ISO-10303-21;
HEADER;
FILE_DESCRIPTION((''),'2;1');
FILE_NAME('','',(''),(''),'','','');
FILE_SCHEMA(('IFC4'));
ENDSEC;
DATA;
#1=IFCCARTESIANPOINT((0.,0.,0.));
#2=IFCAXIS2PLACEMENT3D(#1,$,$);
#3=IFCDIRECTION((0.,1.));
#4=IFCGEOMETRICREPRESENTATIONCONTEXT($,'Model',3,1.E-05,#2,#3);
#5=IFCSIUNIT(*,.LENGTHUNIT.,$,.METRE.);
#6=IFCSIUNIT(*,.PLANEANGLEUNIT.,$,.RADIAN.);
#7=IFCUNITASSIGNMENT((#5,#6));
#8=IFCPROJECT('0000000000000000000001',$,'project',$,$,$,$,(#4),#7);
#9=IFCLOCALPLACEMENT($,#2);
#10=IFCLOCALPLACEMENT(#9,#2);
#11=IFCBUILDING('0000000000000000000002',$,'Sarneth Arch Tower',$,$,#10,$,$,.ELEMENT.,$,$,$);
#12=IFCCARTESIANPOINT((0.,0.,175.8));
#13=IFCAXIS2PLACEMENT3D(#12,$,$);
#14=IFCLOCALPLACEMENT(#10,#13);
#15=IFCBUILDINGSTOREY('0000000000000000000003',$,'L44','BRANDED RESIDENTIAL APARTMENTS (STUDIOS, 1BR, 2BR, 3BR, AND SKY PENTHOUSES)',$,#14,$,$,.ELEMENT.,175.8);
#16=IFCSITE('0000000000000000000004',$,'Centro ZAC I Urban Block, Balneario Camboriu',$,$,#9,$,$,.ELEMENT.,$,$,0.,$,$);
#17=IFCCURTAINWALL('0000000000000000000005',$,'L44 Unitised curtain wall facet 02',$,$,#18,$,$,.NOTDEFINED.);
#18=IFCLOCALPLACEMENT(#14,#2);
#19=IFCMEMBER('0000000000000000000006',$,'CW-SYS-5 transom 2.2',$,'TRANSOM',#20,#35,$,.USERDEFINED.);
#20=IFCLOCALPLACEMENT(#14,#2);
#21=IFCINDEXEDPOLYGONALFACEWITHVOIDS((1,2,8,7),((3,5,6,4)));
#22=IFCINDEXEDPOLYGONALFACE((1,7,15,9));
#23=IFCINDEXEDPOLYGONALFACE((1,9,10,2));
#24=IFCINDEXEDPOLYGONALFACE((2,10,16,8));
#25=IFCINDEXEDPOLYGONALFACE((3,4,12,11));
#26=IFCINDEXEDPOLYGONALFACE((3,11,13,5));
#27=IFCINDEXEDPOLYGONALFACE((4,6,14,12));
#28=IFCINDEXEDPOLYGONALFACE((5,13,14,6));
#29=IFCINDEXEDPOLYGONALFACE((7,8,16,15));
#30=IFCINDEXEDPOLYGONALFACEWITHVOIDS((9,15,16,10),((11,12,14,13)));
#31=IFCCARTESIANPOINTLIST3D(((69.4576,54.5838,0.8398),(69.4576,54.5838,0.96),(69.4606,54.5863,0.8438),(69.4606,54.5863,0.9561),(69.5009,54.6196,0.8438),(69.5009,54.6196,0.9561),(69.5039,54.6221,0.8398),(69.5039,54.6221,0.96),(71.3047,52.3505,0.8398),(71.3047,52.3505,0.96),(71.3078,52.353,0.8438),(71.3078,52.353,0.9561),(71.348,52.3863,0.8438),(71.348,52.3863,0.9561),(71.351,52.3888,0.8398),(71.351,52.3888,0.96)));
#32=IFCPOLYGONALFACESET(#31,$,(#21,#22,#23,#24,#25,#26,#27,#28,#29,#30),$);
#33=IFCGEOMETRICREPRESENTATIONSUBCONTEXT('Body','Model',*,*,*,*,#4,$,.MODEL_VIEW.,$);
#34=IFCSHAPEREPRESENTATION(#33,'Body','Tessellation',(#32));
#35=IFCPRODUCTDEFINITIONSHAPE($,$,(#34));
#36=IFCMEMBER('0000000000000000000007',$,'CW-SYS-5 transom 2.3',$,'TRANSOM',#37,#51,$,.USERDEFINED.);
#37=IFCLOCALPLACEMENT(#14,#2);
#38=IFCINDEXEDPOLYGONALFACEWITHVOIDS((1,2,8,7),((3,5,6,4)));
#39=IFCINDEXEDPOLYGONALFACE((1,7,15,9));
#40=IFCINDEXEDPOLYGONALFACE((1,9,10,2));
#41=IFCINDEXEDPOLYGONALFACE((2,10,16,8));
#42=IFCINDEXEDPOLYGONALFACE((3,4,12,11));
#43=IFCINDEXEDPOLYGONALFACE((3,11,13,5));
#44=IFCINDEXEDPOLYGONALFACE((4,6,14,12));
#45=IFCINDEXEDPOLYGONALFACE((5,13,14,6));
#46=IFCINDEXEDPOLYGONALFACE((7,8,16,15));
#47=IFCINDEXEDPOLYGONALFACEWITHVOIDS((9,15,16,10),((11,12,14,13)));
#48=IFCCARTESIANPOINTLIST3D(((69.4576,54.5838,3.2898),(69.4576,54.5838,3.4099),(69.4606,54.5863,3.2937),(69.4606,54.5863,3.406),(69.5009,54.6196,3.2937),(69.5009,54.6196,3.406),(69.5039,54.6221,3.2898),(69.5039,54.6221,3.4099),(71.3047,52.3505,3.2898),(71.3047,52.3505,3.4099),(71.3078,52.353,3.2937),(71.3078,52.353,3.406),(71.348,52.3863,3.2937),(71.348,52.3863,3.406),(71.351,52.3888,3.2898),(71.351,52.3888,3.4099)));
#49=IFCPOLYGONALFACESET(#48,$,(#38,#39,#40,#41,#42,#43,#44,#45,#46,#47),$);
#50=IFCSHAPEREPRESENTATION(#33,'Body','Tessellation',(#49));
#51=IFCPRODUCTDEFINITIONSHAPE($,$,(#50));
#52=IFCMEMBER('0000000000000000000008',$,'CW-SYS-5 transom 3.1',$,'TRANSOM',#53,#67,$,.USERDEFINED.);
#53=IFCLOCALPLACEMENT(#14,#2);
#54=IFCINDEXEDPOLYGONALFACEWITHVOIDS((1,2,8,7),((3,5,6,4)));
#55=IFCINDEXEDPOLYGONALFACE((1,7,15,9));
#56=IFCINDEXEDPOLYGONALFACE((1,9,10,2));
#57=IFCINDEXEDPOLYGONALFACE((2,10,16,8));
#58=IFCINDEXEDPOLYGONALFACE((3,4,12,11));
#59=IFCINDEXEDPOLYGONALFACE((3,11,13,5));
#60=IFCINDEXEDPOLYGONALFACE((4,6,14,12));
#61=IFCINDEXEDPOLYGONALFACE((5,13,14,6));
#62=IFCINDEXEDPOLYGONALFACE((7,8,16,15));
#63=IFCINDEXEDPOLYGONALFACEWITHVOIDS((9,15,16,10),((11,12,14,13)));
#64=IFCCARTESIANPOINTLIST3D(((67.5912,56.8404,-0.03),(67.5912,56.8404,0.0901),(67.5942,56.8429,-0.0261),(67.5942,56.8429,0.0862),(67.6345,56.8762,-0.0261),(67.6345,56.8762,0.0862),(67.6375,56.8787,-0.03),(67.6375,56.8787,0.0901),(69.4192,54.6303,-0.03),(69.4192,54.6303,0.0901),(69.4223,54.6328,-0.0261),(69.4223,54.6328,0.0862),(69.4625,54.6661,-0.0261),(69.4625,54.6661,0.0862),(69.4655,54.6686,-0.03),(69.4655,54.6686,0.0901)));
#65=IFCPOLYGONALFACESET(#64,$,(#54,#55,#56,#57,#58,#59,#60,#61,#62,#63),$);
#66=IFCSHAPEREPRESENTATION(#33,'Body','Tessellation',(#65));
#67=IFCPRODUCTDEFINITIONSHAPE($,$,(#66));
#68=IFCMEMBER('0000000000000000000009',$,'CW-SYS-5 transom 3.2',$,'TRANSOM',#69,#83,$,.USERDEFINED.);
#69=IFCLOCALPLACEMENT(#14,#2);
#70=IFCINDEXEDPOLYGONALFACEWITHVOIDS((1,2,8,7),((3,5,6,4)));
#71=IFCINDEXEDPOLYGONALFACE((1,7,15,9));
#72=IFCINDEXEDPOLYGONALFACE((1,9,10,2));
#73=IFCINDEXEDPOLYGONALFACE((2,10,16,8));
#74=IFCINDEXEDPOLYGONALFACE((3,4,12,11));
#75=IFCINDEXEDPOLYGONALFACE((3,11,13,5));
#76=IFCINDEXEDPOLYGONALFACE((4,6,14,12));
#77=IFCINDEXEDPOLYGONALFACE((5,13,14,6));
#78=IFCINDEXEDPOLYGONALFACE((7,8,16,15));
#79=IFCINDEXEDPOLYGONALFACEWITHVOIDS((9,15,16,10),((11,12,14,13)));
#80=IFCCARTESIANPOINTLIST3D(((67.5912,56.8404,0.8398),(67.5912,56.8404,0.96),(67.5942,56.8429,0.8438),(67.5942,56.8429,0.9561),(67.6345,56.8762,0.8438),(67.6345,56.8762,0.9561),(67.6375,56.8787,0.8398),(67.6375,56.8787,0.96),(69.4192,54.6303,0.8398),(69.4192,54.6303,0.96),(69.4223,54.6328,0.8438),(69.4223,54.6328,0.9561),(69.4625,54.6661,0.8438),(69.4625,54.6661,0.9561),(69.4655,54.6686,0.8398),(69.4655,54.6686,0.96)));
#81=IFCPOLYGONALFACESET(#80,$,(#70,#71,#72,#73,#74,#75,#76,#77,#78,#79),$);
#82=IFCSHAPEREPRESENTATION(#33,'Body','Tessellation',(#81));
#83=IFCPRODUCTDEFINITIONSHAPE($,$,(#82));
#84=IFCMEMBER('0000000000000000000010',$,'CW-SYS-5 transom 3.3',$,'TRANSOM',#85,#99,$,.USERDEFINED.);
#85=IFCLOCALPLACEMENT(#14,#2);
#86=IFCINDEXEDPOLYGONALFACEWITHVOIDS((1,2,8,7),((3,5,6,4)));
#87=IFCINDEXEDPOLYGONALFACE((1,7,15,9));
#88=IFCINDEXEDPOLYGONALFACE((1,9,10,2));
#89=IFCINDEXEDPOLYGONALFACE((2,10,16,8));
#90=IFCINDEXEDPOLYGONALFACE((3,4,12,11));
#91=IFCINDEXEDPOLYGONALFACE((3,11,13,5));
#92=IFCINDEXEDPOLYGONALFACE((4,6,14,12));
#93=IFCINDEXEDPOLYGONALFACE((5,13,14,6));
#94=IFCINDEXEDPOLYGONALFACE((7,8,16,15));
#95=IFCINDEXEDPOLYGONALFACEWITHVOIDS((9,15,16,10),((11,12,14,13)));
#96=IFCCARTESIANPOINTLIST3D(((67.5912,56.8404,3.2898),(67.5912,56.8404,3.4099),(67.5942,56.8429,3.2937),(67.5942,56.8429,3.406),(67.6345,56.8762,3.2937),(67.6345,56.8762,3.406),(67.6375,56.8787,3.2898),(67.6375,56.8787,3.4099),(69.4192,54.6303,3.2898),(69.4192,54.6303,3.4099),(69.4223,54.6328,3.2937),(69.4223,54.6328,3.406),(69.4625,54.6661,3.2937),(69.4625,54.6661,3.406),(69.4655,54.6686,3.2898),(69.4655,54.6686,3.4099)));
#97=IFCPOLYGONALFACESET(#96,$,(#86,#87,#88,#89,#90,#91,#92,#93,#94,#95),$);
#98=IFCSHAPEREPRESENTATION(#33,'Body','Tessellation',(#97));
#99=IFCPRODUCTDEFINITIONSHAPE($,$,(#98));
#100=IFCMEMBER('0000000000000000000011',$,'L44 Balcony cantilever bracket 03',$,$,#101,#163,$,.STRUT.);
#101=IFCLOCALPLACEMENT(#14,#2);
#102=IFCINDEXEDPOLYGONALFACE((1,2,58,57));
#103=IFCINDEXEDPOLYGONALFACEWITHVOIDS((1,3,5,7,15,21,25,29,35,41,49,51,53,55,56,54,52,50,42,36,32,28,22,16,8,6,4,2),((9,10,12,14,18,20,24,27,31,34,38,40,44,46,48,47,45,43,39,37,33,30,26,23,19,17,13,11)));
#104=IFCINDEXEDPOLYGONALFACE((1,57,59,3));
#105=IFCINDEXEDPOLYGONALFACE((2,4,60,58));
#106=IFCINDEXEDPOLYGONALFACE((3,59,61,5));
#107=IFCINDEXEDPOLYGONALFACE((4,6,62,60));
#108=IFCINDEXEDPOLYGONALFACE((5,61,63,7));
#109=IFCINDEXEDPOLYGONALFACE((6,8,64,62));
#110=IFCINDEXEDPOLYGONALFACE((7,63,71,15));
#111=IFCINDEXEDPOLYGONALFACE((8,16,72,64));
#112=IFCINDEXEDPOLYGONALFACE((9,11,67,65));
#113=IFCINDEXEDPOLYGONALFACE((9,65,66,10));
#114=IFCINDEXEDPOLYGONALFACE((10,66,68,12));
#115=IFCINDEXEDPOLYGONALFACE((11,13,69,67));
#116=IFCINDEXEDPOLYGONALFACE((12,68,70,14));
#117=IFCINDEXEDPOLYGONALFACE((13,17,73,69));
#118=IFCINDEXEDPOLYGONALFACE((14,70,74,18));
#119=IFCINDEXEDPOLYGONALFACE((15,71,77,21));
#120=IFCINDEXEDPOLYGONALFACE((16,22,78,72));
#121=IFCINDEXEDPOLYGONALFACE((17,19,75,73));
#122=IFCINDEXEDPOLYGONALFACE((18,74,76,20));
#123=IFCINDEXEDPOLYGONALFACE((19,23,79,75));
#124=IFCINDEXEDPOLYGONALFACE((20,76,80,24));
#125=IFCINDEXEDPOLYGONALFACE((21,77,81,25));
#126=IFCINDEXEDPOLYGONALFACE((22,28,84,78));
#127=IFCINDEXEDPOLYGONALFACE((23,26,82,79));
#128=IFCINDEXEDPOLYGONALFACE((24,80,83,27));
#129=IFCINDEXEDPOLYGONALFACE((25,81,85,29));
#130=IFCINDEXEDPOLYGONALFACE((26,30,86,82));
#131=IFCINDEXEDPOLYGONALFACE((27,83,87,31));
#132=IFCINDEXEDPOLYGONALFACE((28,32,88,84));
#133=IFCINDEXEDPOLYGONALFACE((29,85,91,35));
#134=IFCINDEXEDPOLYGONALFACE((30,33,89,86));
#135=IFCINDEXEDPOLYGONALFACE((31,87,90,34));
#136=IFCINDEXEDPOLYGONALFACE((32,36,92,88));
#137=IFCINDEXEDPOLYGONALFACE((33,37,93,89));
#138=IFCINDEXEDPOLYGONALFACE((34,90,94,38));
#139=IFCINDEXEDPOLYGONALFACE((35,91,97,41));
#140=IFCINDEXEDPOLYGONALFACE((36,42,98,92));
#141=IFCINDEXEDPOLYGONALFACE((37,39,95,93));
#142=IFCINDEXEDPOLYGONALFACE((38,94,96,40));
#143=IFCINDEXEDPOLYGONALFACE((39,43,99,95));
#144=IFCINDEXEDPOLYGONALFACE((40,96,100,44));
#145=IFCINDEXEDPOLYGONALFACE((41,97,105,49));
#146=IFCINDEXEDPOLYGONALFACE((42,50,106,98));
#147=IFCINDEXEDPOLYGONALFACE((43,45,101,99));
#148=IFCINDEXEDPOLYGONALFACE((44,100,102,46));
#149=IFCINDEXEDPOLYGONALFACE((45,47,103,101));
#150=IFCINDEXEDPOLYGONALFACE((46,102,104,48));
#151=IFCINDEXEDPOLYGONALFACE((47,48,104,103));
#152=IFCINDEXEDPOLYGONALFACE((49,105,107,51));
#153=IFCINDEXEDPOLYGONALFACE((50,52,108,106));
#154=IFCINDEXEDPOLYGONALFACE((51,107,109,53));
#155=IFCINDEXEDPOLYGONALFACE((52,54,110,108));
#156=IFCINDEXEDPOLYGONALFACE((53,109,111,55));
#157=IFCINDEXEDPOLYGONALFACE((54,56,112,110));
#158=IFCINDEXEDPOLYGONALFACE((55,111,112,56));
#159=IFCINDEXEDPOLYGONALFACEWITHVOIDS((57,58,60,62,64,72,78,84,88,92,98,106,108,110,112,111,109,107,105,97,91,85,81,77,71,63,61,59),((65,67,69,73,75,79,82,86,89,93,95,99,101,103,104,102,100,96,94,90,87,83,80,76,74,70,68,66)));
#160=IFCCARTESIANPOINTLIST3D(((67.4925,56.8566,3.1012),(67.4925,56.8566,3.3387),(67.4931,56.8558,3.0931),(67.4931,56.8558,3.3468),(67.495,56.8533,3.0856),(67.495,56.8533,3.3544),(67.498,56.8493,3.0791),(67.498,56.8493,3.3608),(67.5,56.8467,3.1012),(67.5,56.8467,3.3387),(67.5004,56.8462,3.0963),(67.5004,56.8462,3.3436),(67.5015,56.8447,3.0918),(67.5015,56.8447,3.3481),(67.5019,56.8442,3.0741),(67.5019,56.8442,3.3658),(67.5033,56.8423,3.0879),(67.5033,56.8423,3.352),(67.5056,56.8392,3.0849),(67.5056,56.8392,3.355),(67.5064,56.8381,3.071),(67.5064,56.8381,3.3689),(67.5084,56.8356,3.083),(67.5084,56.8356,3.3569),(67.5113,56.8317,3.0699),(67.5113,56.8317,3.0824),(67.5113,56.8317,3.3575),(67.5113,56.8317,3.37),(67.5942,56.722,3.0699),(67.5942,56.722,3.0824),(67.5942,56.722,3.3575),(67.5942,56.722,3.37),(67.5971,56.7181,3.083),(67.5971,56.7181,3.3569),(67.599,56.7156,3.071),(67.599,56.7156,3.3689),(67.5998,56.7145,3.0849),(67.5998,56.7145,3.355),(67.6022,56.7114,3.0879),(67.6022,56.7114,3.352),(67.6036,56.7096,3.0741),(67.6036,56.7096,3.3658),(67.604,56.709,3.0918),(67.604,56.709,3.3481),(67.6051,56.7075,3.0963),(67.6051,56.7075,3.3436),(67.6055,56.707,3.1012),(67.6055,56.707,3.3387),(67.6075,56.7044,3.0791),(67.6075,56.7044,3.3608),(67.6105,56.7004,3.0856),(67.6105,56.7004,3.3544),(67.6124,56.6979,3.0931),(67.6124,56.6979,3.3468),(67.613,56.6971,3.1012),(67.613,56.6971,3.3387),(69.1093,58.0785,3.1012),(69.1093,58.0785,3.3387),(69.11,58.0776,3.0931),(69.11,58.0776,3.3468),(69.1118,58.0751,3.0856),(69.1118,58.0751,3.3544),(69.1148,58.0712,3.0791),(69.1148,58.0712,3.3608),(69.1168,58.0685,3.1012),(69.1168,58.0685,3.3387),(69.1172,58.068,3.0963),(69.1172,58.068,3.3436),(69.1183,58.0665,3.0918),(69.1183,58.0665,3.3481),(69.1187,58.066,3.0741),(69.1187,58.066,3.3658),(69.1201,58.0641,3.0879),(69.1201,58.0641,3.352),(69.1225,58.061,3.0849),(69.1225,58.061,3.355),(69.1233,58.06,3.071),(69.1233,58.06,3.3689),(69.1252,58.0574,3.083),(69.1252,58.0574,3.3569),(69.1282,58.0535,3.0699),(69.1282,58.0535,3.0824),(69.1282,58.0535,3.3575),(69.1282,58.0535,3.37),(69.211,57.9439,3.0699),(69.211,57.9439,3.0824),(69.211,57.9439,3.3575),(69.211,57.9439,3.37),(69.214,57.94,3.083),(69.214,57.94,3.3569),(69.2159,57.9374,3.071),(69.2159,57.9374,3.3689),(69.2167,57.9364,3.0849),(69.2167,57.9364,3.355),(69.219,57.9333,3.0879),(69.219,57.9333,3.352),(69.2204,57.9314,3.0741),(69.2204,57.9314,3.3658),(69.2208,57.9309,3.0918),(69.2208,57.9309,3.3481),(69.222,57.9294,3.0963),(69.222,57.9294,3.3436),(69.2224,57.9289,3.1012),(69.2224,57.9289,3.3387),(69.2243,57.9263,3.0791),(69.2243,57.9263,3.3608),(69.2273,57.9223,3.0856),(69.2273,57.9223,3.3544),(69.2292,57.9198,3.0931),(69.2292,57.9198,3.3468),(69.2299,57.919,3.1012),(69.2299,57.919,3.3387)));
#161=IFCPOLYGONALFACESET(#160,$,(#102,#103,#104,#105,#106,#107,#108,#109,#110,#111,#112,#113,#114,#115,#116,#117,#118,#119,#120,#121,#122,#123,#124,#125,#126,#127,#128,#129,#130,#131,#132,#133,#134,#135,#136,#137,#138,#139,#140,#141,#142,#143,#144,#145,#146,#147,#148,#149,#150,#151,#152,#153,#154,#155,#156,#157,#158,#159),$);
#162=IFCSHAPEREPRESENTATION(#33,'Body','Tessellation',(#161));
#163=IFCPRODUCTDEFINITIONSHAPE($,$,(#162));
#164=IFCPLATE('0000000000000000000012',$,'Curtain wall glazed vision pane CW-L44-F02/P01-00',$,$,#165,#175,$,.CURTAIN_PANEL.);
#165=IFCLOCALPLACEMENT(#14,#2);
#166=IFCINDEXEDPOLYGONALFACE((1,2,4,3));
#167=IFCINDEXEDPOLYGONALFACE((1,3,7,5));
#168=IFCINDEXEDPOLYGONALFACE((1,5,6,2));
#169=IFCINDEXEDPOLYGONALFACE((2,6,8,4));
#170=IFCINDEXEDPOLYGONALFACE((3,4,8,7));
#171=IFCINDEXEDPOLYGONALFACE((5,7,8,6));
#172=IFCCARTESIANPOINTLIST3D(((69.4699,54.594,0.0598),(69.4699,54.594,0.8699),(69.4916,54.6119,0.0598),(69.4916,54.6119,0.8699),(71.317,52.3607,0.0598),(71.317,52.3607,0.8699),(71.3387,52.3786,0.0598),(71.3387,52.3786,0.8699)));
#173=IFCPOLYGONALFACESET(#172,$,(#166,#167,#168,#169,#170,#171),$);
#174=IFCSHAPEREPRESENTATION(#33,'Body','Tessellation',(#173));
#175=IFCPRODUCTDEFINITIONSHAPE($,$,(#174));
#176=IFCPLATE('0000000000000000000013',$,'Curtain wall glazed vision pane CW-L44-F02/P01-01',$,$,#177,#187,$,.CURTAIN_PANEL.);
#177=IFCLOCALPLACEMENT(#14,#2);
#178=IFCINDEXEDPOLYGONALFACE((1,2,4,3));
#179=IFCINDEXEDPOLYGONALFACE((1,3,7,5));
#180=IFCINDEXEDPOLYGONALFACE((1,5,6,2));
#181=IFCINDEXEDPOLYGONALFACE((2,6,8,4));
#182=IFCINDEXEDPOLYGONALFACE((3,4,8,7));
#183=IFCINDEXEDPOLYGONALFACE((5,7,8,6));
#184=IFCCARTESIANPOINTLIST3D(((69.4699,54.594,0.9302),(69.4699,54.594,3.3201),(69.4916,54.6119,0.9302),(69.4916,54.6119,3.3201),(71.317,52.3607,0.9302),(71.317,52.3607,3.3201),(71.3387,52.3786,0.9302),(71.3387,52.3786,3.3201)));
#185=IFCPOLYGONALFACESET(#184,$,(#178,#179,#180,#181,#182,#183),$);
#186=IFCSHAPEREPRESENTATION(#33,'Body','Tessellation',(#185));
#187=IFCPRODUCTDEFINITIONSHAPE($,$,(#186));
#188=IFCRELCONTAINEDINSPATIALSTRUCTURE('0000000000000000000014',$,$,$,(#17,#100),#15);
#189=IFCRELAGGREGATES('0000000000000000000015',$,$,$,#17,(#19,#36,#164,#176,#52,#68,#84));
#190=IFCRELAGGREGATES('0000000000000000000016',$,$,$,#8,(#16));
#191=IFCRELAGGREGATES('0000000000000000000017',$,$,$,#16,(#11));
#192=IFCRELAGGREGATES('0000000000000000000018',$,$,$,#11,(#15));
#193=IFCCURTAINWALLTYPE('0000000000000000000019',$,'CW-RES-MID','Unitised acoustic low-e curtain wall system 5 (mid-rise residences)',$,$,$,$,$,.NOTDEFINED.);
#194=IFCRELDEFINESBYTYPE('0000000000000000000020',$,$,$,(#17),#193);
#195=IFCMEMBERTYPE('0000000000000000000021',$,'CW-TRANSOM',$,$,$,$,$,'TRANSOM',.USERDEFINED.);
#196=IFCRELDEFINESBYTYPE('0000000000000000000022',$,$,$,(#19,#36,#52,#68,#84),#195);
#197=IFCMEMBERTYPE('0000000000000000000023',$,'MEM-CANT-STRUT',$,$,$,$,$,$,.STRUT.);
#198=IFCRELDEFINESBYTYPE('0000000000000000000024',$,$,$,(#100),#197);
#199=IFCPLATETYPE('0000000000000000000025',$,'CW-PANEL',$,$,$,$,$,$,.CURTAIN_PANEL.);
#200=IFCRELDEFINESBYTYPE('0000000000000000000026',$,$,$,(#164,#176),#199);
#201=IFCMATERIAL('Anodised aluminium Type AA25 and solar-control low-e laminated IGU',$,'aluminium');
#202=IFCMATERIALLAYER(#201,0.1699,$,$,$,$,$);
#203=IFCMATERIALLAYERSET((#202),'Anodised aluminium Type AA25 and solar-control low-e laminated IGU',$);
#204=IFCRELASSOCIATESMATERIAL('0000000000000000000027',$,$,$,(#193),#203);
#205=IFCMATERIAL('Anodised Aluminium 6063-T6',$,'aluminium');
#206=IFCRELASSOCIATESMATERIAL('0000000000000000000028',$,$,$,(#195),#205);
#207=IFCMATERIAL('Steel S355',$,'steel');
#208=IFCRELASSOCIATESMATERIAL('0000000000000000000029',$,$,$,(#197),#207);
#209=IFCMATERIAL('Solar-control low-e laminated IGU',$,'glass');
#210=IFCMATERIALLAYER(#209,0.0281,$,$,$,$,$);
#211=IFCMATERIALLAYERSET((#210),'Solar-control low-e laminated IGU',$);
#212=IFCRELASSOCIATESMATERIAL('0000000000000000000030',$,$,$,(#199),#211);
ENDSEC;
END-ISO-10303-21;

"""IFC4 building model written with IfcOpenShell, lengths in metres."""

from ifc_helpers import new_model, si_unit, direction, frame, origin, origin_2d, place, context, subcontext, project, spatial, rectangle, hollow_rectangle, extrude, material, layer, layer_set, material_profile, profile_set, type_object, element, aggregate, save


model = new_model("IFC4")

# Units and contexts
model_context = context("Model", 3, precision=1e-05, world=origin(), true_north=direction((0.0, 1.0)))
body_context = subcontext(model_context, "Body", "Model", "MODEL_VIEW")
ifc_project = project(units=[si_unit("LENGTHUNIT", "METRE"), si_unit("PLANEANGLEUNIT", "RADIAN")], contexts=[model_context])

# Site, building, storey
site_placement = place(None, origin())
site = spatial("IfcSite", under=ifc_project, at=site_placement, Name="Centro ZAC I Urban Block, Balneario Camboriu", CompositionType="ELEMENT", RefElevation=0.0)
building_placement = place(site_placement, origin())
building = spatial("IfcBuilding", under=site, at=building_placement, Name="Sarneth Arch Tower", CompositionType="ELEMENT")
storey_placement = place(building_placement, frame((0.0, 0.0, 175.8)))
storey = spatial("IfcBuildingStorey", under=building, at=storey_placement, Name="L44", Description="BRANDED RESIDENTIAL APARTMENTS (STUDIOS, 1BR, 2BR, 3BR, AND SKY PENTHOUSES)", CompositionType="ELEMENT", Elevation=175.8)

# Curtain wall, members
ifc_material_1 = material(Name="Anodised aluminium Type AA25 and solar-control low-e laminated IGU", Category="aluminium")
ifc_layer_1 = layer(ifc_material_1, 0.1699)
ifc_layer_set_1 = layer_set([ifc_layer_1], Name="Anodised aluminium Type AA25 and solar-control low-e laminated IGU")
curtain_wall_type = type_object("IfcCurtainWallType", Name="CW-RES-MID", Description="Unitised acoustic low-e curtain wall system 5 (mid-rise residences)", PredefinedType="NOTDEFINED", material=ifc_layer_set_1)
curtain_wall_placement = place(storey_placement, origin())
curtain_wall = element("IfcCurtainWall", 1, at=curtain_wall_placement, inside=storey, type_object=curtain_wall_type, Name="L44 Unitised curtain wall facet 02", PredefinedType="NOTDEFINED")
ifc_material_2 = material(Name="Anodised Aluminium 6063-T6", Category="aluminium")
ifc_material_profile_1 = material_profile(ifc_material_2, hollow_rectangle(XDim=0.0601, YDim=0.1201, WallThickness=0.0039, at=origin_2d()), Name="AL-TRAN-120x60x4")
ifc_profile_set_1 = profile_set([ifc_material_profile_1], Name="Anodised Aluminium 6063-T6")
member_type_1 = type_object("IfcMemberType", Name="CW-TRANSOM", ElementType="TRANSOM", PredefinedType="USERDEFINED", material=ifc_profile_set_1)
member_1_placement = place(storey_placement, frame((71.3279, 52.3696, 0.8999), z_axis=(-0.63733, 0.770591, 0.0), x_axis=(-0.770591, -0.63733, 0.0)))
member_1 = element("IfcMember", 2, at=member_1_placement, type_object=member_type_1, Name="CW-SYS-5 transom 2.2", ObjectType="TRANSOM", PredefinedType="USERDEFINED", context=body_context, shape_type="SweptSolid", body=[
    extrude(hollow_rectangle(XDim=0.0601, YDim=0.1201, WallThickness=0.0039, at=origin_2d()), origin(), (0.0, 0.0, 1.0), 2.8982),
])
member_2_placement = place(storey_placement, frame((71.3279, 52.3696, 3.3499), z_axis=(-0.63733, 0.770591, 0.0), x_axis=(-0.770591, -0.63733, 0.0)))
member_2 = element("IfcMember", 3, at=member_2_placement, type_object=member_type_1, Name="CW-SYS-5 transom 2.3", ObjectType="TRANSOM", PredefinedType="USERDEFINED", context=body_context, shape_type="SweptSolid", body=[
    extrude(hollow_rectangle(XDim=0.0601, YDim=0.1201, WallThickness=0.0039, at=origin_2d()), origin(), (0.0, 0.0, 1.0), 2.8982),
])
member_3_placement = place(storey_placement, frame((69.4424, 54.6494, 0.03), z_axis=(-0.637359, 0.770567, 0.0), x_axis=(-0.770567, -0.637359, 0.0)))
member_3 = element("IfcMember", 4, at=member_3_placement, type_object=member_type_1, Name="CW-SYS-5 transom 3.1", ObjectType="TRANSOM", PredefinedType="USERDEFINED", context=body_context, shape_type="SweptSolid", body=[
    extrude(hollow_rectangle(XDim=0.0601, YDim=0.1201, WallThickness=0.0039, at=origin_2d()), origin(), (0.0, 0.0, 1.0), 2.8682),
])
member_4_placement = place(storey_placement, frame((69.4424, 54.6494, 0.8999), z_axis=(-0.637359, 0.770567, 0.0), x_axis=(-0.770567, -0.637359, 0.0)))
member_4 = element("IfcMember", 5, at=member_4_placement, type_object=member_type_1, Name="CW-SYS-5 transom 3.2", ObjectType="TRANSOM", PredefinedType="USERDEFINED", context=body_context, shape_type="SweptSolid", body=[
    extrude(hollow_rectangle(XDim=0.0601, YDim=0.1201, WallThickness=0.0039, at=origin_2d()), origin(), (0.0, 0.0, 1.0), 2.8682),
])
member_5_placement = place(storey_placement, frame((69.4424, 54.6494, 3.3499), z_axis=(-0.637359, 0.770567, 0.0), x_axis=(-0.770567, -0.637359, 0.0)))
member_5 = element("IfcMember", 6, at=member_5_placement, type_object=member_type_1, Name="CW-SYS-5 transom 3.3", ObjectType="TRANSOM", PredefinedType="USERDEFINED", context=body_context, shape_type="SweptSolid", body=[
    extrude(hollow_rectangle(XDim=0.0601, YDim=0.1201, WallThickness=0.0039, at=origin_2d()), origin(), (0.0, 0.0, 1.0), 2.8682),
])

# Member
ifc_material_3 = material(Name="Steel S355", Category="steel")
ifc_material_profile_2 = material_profile(ifc_material_3, hollow_rectangle(XDim=0.2, YDim=0.3, WallThickness=0.0125, InnerFilletRadius=0.0188, OuterFilletRadius=0.0312, at=origin_2d()), Name="RHS300x200x12.5")
ifc_profile_set_2 = profile_set([ifc_material_profile_2], Name="Steel S355")
member_type_2 = type_object("IfcMemberType", Name="MEM-CANT-STRUT", PredefinedType="STRUT", material=ifc_profile_set_2)
member_6_placement = place(storey_placement, frame((67.5527, 56.7769, 3.22), z_axis=(0.797812, 0.602906, 0.0), x_axis=(-0.602906, 0.797812, 0.0)))
element("IfcMember", 7, at=member_6_placement, inside=storey, type_object=member_type_2, Name="L44 Balcony cantilever bracket 03", PredefinedType="STRUT", context=body_context, shape_type="SweptSolid", body=[
    extrude(hollow_rectangle(XDim=0.2, YDim=0.3, WallThickness=0.0125, InnerFilletRadius=0.0188, OuterFilletRadius=0.0312, at=origin_2d()), origin(), (0.0, 0.0, 1.0), 2.0266),
])

# Plates
ifc_material_4 = material(Name="Solar-control low-e laminated IGU", Category="glass")
ifc_layer_2 = layer(ifc_material_4, 0.0281)
ifc_layer_set_2 = layer_set([ifc_layer_2], Name="Solar-control low-e laminated IGU")
plate_type_1 = type_object("IfcPlateType", Name="CW-PANEL", PredefinedType="CURTAIN_PANEL", material=ifc_layer_set_2)
plate_1_placement = place(storey_placement, frame((70.4043, 53.4863, 0.0598), z_axis=(0.0, 0.0, 1.0), x_axis=(-0.63733, 0.770591, 0.0)))
plate_1 = element("IfcPlate", 8, at=plate_1_placement, type_object=plate_type_1, Name="Curtain wall glazed vision pane CW-L44-F02/P01-00", PredefinedType="CURTAIN_PANEL", context=body_context, shape_type="SweptSolid", body=[
    extrude(rectangle(XDim=2.8982, YDim=0.0281, at=origin_2d()), origin(), (0.0, 0.0, 1.0), 0.8101),
])
plate_2_placement = place(storey_placement, frame((70.4043, 53.4863, 0.9302), z_axis=(0.0, 0.0, 1.0), x_axis=(-0.63733, 0.770591, 0.0)))
plate_2 = element("IfcPlate", 9, at=plate_2_placement, type_object=plate_type_1, Name="Curtain wall glazed vision pane CW-L44-F02/P01-01", PredefinedType="CURTAIN_PANEL", context=body_context, shape_type="SweptSolid", body=[
    extrude(rectangle(XDim=2.8982, YDim=0.0281, at=origin_2d()), origin(), (0.0, 0.0, 1.0), 2.3899),
])
aggregate(curtain_wall, [member_1, member_2, plate_1, plate_2, member_3, member_4, member_5])

save(model, "model.ifc")
